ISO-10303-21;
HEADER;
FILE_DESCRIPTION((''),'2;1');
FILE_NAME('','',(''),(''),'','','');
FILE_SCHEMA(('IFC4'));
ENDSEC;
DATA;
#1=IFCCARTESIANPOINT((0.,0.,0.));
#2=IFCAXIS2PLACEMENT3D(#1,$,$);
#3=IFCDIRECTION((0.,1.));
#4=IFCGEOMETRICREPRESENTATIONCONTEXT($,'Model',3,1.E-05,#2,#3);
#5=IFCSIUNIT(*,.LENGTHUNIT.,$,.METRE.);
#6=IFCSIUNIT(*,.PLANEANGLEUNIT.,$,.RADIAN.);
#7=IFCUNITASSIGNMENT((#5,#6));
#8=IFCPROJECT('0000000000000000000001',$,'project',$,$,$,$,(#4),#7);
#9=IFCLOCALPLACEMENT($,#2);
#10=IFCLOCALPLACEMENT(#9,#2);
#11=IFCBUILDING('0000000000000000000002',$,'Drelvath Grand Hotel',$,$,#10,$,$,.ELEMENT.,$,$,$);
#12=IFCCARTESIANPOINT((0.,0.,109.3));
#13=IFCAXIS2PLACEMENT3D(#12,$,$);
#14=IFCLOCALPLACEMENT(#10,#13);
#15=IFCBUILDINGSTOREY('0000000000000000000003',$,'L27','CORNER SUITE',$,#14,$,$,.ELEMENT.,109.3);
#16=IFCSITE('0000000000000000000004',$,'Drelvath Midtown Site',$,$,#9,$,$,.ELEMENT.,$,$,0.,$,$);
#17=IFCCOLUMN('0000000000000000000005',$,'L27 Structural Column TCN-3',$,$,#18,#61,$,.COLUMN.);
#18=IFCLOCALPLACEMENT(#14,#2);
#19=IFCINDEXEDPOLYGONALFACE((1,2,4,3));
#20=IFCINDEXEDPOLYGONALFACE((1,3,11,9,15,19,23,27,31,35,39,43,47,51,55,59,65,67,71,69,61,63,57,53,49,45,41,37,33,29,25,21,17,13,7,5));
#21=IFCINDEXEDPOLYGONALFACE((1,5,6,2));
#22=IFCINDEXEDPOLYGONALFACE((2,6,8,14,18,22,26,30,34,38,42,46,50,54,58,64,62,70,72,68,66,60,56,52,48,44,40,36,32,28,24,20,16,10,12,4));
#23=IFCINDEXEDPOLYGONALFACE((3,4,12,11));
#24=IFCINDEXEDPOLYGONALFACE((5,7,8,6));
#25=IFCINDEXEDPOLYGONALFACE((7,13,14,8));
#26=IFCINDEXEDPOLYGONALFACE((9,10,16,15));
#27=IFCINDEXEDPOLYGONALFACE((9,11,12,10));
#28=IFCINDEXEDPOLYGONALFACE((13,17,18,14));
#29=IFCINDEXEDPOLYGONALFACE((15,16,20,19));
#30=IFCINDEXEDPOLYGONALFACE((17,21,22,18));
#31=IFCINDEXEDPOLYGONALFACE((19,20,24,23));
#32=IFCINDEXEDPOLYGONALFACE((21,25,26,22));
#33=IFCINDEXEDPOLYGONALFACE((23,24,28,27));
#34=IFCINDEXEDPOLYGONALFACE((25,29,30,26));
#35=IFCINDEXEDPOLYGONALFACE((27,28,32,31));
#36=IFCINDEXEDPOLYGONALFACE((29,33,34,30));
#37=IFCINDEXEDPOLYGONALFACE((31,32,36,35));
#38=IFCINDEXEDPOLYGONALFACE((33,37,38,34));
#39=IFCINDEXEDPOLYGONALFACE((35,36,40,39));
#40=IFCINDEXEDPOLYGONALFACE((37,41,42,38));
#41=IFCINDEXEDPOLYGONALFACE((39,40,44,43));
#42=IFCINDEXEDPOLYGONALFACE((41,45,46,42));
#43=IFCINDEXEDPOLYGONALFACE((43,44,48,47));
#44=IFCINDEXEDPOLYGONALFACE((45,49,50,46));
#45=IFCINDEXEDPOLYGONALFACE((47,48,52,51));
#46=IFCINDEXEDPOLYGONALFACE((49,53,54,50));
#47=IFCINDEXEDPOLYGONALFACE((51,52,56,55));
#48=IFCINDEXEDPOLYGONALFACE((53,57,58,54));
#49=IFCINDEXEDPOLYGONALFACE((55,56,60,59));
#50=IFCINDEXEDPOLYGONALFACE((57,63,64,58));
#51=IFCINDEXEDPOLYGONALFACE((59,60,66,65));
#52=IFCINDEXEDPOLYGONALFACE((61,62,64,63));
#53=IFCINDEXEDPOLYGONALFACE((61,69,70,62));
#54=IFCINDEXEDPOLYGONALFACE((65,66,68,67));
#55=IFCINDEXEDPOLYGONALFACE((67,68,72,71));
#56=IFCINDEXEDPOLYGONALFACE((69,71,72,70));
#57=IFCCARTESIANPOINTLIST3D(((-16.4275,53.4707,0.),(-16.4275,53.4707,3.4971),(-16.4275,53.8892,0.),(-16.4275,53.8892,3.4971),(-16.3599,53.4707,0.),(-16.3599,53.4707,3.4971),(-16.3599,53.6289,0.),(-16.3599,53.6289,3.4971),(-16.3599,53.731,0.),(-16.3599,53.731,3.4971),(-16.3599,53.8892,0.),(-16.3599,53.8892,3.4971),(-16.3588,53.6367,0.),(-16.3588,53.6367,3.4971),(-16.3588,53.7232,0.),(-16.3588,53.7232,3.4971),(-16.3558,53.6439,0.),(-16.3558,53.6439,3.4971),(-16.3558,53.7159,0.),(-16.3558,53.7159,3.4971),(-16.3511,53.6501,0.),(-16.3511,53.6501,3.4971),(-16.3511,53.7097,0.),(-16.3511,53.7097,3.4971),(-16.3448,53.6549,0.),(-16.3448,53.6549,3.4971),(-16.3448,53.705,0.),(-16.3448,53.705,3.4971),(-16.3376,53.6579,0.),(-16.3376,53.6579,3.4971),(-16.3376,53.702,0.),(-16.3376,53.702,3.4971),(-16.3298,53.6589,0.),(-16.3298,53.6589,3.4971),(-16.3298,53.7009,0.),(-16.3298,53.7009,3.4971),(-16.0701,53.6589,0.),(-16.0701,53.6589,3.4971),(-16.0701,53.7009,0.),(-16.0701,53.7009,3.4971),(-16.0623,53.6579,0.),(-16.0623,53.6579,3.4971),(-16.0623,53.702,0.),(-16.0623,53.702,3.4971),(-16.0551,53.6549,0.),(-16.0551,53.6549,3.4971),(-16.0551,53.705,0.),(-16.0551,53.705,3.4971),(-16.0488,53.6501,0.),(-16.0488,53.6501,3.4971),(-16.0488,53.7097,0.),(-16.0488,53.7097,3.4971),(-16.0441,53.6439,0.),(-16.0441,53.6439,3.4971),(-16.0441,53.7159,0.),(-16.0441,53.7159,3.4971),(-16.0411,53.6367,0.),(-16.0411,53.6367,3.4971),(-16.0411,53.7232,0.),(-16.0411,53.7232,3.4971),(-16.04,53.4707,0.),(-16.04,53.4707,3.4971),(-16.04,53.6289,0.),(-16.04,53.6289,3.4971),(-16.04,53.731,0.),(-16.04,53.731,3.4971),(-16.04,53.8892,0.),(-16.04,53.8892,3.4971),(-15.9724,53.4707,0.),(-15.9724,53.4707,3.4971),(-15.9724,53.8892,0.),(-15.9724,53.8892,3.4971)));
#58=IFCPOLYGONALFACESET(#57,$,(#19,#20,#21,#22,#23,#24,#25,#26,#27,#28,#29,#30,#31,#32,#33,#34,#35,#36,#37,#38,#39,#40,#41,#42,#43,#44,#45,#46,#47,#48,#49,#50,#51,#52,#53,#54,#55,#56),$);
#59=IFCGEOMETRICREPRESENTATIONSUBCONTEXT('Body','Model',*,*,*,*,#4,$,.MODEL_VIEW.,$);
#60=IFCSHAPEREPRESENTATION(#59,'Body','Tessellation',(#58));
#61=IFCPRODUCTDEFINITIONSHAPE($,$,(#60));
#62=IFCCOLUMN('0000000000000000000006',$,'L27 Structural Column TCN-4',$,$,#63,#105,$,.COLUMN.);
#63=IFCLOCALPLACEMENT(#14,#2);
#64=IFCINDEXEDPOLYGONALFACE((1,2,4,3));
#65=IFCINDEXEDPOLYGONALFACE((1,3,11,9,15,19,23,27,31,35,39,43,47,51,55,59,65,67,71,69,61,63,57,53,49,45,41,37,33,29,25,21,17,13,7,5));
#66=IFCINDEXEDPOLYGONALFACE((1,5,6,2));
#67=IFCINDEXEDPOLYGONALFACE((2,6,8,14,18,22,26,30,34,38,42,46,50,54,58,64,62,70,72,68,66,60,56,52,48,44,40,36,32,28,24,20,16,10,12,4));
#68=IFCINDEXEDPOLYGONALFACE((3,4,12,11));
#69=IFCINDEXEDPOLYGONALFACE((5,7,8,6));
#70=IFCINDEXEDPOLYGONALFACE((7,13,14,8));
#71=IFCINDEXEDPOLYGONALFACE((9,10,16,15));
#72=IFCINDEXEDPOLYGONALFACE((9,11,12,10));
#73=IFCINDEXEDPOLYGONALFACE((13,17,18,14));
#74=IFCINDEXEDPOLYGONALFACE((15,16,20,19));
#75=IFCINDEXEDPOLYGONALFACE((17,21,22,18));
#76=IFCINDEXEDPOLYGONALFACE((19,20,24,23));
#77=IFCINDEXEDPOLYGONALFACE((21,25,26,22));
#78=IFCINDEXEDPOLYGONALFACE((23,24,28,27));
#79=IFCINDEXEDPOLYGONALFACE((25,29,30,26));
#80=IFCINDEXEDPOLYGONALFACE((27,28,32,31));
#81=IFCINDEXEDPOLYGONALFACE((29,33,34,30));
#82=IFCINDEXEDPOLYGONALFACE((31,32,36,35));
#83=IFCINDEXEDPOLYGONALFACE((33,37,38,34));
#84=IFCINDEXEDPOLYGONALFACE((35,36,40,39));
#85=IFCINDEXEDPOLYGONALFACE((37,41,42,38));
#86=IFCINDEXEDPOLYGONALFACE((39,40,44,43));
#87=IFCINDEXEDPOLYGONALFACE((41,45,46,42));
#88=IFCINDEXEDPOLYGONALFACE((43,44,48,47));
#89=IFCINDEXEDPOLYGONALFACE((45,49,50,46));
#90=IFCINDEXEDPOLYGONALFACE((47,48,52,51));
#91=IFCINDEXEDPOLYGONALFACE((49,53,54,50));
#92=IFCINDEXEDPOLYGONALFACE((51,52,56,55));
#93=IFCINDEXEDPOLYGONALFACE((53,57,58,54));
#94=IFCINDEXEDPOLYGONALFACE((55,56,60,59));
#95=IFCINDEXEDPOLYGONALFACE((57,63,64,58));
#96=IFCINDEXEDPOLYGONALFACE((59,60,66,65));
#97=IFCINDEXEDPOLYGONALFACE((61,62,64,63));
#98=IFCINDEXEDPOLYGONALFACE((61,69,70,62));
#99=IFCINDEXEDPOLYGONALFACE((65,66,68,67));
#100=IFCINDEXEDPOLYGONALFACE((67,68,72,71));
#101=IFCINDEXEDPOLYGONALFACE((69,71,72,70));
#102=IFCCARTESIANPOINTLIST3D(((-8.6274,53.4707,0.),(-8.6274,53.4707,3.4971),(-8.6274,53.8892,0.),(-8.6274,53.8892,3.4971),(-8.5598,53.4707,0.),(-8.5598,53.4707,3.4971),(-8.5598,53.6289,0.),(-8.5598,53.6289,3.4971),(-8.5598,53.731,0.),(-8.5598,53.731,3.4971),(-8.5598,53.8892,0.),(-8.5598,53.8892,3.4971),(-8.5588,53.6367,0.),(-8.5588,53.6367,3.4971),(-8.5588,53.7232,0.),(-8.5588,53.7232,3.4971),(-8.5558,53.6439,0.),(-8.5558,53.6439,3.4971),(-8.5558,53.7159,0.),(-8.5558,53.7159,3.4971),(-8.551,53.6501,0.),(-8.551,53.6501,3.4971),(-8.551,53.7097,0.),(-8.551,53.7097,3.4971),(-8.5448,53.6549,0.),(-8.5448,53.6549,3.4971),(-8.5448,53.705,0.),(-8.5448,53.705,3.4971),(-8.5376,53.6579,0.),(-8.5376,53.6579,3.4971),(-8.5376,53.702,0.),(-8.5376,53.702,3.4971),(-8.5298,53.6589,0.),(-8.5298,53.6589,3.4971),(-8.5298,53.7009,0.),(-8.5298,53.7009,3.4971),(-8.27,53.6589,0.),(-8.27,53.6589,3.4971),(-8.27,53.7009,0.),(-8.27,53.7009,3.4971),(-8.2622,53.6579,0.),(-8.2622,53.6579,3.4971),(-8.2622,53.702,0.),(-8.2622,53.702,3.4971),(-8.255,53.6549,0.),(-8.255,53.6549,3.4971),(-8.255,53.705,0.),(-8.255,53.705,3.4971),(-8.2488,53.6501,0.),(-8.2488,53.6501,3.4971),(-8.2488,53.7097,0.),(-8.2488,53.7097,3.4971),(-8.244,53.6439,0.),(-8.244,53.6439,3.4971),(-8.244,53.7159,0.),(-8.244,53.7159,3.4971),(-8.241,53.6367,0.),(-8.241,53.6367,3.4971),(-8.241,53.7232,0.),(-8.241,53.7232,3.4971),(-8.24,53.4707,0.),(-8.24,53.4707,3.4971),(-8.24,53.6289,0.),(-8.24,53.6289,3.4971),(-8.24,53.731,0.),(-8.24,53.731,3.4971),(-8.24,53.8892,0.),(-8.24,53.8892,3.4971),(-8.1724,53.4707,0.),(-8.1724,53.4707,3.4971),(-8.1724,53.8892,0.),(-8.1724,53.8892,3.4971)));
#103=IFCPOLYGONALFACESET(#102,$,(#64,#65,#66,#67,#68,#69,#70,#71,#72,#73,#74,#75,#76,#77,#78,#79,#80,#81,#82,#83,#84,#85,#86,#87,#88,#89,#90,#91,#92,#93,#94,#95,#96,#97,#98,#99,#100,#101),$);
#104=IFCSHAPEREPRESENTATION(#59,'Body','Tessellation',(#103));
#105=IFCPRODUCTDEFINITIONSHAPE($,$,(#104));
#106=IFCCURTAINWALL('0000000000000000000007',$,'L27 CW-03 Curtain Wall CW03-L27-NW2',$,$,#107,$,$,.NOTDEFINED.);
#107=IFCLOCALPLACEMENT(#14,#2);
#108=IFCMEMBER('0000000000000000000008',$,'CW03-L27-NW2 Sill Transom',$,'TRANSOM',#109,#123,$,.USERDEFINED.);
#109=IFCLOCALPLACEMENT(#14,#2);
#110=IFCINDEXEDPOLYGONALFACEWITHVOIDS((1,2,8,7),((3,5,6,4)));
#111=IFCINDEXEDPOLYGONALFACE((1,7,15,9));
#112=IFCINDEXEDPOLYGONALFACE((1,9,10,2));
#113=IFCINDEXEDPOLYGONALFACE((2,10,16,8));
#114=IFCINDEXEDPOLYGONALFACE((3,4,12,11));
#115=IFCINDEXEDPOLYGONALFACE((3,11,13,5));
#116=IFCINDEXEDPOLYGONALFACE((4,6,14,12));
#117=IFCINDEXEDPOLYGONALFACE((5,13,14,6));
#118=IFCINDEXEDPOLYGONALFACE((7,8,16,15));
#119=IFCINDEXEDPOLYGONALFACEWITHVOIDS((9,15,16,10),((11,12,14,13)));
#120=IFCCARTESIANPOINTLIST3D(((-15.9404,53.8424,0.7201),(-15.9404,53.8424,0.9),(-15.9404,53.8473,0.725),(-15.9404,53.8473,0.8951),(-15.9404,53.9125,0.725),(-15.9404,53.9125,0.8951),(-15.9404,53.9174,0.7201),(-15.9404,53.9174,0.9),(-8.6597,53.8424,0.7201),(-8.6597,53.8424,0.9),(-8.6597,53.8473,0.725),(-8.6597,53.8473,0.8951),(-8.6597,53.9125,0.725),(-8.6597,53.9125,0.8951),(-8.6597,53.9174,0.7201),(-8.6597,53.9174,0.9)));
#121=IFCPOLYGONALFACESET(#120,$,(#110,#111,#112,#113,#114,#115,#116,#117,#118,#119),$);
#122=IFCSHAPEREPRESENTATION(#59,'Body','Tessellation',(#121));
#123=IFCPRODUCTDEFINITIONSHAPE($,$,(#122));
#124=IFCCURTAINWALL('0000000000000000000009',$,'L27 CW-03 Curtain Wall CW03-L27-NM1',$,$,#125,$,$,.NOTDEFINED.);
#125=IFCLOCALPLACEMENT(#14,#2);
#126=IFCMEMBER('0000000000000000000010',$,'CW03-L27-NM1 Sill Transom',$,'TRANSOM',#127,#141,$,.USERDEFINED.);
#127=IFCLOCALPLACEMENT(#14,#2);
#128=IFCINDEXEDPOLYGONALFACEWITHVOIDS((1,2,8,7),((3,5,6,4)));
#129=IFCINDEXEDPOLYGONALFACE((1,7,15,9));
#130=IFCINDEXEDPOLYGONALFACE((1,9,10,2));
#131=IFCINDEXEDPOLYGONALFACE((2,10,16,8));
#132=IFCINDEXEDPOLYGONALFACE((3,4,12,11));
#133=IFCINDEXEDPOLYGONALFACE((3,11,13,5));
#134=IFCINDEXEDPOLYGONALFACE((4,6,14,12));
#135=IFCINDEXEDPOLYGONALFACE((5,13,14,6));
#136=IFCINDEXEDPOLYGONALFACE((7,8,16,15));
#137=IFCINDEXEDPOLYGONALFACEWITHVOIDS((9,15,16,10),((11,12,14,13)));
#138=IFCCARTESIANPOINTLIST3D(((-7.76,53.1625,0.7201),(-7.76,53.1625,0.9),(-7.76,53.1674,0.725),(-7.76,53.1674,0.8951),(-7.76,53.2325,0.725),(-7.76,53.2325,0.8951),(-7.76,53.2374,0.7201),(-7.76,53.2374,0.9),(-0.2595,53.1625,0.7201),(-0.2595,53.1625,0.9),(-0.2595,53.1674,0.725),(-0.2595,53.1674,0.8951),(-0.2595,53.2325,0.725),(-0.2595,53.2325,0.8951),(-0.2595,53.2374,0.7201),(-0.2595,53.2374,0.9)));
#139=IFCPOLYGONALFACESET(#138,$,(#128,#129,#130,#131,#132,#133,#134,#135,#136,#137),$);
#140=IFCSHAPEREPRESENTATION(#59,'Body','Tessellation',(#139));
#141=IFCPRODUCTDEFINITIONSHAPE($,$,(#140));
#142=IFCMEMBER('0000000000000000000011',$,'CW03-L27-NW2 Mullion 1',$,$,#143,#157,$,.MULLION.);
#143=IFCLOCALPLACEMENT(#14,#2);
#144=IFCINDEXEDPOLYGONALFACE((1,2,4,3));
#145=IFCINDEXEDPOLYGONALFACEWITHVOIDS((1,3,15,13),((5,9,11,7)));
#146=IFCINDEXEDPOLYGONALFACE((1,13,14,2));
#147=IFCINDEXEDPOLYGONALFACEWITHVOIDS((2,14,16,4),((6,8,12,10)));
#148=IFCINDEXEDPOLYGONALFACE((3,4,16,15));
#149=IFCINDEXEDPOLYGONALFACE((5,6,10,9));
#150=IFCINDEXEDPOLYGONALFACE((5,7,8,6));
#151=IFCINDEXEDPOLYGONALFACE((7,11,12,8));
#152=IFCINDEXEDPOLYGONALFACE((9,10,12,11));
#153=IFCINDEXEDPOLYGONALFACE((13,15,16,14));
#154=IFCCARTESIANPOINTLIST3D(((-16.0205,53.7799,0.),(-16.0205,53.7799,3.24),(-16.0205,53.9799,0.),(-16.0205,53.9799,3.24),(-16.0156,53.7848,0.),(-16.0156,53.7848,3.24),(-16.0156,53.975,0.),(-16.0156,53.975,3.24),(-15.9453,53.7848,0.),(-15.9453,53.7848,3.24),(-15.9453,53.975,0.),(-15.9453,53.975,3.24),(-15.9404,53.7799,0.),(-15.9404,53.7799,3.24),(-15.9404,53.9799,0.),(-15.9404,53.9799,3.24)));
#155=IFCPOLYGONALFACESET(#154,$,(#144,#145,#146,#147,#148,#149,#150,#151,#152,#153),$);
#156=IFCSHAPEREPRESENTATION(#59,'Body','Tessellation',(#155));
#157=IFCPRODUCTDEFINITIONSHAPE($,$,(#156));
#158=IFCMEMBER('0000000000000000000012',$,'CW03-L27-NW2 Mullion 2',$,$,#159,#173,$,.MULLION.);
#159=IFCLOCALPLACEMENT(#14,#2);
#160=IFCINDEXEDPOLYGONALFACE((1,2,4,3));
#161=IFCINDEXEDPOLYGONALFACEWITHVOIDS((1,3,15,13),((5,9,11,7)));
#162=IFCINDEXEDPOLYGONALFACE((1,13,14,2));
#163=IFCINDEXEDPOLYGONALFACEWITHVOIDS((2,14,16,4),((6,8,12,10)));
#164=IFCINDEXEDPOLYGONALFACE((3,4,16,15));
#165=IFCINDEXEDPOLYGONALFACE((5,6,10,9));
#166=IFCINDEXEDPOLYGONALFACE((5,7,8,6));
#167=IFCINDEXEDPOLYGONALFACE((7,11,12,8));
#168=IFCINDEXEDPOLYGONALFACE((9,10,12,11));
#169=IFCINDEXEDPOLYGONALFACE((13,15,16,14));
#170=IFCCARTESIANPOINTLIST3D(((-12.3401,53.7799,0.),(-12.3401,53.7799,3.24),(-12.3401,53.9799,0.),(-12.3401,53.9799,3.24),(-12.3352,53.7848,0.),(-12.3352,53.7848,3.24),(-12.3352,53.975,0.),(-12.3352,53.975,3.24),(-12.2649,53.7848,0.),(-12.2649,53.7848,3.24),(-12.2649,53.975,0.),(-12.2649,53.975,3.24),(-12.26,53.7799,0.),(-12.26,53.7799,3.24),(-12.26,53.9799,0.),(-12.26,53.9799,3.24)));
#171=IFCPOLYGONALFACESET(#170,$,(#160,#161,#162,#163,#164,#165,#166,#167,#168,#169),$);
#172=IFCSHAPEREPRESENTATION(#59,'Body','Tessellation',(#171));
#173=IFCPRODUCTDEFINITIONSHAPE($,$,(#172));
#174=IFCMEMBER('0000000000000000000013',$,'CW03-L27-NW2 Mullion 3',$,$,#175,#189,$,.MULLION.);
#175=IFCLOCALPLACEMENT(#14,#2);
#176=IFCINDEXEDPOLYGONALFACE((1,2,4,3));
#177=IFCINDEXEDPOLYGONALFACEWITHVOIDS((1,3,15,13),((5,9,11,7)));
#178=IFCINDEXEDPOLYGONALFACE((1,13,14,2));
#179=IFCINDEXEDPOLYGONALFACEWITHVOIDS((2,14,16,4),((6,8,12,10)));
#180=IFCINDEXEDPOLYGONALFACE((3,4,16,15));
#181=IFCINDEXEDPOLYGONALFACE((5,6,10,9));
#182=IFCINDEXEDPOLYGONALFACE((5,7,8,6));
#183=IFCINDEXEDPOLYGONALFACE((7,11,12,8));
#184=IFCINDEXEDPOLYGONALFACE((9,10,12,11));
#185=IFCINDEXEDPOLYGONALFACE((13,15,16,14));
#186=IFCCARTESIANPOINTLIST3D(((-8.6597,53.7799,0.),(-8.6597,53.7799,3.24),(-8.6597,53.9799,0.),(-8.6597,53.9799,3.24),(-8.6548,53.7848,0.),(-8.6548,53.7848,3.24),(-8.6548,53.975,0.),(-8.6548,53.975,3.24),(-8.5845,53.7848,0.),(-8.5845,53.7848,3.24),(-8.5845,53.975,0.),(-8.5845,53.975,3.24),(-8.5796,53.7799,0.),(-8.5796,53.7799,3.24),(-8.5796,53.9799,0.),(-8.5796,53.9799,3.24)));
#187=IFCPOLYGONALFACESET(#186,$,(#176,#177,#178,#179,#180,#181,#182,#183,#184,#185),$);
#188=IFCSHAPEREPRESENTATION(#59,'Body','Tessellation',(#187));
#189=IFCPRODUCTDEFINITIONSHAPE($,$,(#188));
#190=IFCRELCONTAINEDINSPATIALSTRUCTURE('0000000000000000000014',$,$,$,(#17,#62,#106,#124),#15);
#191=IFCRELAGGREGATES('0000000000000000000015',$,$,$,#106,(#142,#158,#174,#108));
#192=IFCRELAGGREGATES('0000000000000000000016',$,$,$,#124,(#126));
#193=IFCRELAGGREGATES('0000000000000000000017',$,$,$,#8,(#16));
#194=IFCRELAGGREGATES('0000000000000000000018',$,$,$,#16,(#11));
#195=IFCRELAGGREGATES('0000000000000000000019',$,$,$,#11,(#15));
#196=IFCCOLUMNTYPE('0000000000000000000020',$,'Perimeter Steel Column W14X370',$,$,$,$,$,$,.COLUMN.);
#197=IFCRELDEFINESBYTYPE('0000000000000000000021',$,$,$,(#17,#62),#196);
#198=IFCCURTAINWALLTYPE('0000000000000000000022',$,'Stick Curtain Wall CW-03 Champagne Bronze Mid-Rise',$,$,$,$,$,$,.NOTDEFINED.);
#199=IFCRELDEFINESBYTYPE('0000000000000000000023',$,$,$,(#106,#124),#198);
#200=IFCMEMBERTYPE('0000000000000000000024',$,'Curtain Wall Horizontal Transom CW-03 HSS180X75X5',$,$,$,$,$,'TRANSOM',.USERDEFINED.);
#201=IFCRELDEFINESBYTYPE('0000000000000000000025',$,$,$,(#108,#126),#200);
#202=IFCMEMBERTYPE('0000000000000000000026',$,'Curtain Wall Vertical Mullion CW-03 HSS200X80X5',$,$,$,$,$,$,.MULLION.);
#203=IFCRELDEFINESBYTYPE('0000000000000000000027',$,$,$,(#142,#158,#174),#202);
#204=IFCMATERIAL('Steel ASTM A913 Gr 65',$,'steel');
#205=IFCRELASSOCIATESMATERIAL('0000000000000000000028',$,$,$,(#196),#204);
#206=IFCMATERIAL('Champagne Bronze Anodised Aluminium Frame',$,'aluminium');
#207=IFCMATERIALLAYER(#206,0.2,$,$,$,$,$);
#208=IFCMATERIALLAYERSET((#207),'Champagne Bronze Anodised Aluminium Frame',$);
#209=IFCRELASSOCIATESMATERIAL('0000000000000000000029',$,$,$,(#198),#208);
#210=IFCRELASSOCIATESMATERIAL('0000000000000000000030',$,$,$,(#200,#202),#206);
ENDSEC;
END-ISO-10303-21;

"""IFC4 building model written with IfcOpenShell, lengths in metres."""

from ifc_helpers import new_model, si_unit, direction, frame, origin, origin_2d, place, context, subcontext, project, spatial, hollow_rectangle, i_section, extrude, material, layer, layer_set, material_profile, profile_set, type_object, element, aggregate, save


model = new_model("IFC4")

# Units and contexts
model_context = context("Model", 3, precision=1e-05, world=origin(), true_north=direction((0.0, 1.0)))
body_context = subcontext(model_context, "Body", "Model", "MODEL_VIEW")
ifc_project = project(units=[si_unit("LENGTHUNIT", "METRE"), si_unit("PLANEANGLEUNIT", "RADIAN")], contexts=[model_context])

# Site, building, storey
site_placement = place(None, origin())
site = spatial("IfcSite", under=ifc_project, at=site_placement, Name="Drelvath Midtown Site", CompositionType="ELEMENT", RefElevation=0.0)
building_placement = place(site_placement, origin())
building = spatial("IfcBuilding", under=site, at=building_placement, Name="Drelvath Grand Hotel", CompositionType="ELEMENT")
storey_placement = place(building_placement, frame((0.0, 0.0, 109.3)))
storey = spatial("IfcBuildingStorey", under=building, at=storey_placement, Name="L27", Description="CORNER SUITE", CompositionType="ELEMENT", Elevation=109.3)

# Columns
ifc_material_1 = material(Name="Steel ASTM A913 Gr 65", Category="steel")
ifc_material_profile_1 = material_profile(ifc_material_1, i_section(OverallWidth=0.4185, OverallDepth=0.4551, WebThickness=0.042, FlangeThickness=0.0676, FilletRadius=0.03, at=origin_2d()), Name="W14X370")
ifc_profile_set_1 = profile_set([ifc_material_profile_1], Name="Steel ASTM A913 Gr 65")
column_type = type_object("IfcColumnType", Name="Perimeter Steel Column W14X370", PredefinedType="COLUMN", material=ifc_profile_set_1)
for number, where, z_axis, x_axis, name in (
    (1, (-16.2, 53.6799, 0.0), (0.0, 0.0, 1.0), (0.0, 1.0, 0.0), "L27 Structural Column TCN-3"),
    (2, (-8.3999, 53.6799, 0.0), (0.0, 0.0, 1.0), (0.0, 1.0, 0.0), "L27 Structural Column TCN-4"),
):
    element("IfcColumn", number, at=place(storey_placement, frame(where, z_axis=z_axis, x_axis=x_axis)), inside=storey, type_object=column_type, Name=name, PredefinedType="COLUMN", context=body_context, shape_type="SweptSolid", body=[
        extrude(i_section(OverallWidth=0.4185, OverallDepth=0.4551, WebThickness=0.042, FlangeThickness=0.0676, FilletRadius=0.03, at=origin_2d()), origin(), (0.0, 0.0, 1.0), 3.4971),
    ])

# Curtain walls, members
ifc_material_2 = material(Name="Champagne Bronze Anodised Aluminium Frame", Category="aluminium")
ifc_layer_1 = layer(ifc_material_2, 0.2)
ifc_layer_set_1 = layer_set([ifc_layer_1], Name="Champagne Bronze Anodised Aluminium Frame")
curtain_wall_type = type_object("IfcCurtainWallType", Name="Stick Curtain Wall CW-03 Champagne Bronze Mid-Rise", PredefinedType="NOTDEFINED", material=ifc_layer_set_1)
curtain_wall_1_placement = place(storey_placement, origin())
curtain_wall_1 = element("IfcCurtainWall", 3, at=curtain_wall_1_placement, inside=storey, type_object=curtain_wall_type, Name="L27 CW-03 Curtain Wall CW03-L27-NW2", PredefinedType="NOTDEFINED")
ifc_material_profile_2 = material_profile(ifc_material_2, hollow_rectangle(XDim=0.075, YDim=0.1799, WallThickness=0.0049, at=origin_2d()), Name="HSS180X75X5")
ifc_profile_set_2 = profile_set([ifc_material_profile_2], Name="Champagne Bronze Anodised Aluminium Frame")
member_type_1 = type_object("IfcMemberType", Name="Curtain Wall Horizontal Transom CW-03 HSS180X75X5", ElementType="TRANSOM", PredefinedType="USERDEFINED", material=ifc_profile_set_2)
member_1_placement = place(storey_placement, frame((-15.9404, 53.8799, 0.8101), z_axis=(1.0, 0.0, 0.0), x_axis=(0.0, 1.0, 0.0)))
member_1 = element("IfcMember", 4, at=member_1_placement, type_object=member_type_1, Name="CW03-L27-NW2 Sill Transom", ObjectType="TRANSOM", PredefinedType="USERDEFINED", context=body_context, shape_type="SweptSolid", body=[
    extrude(hollow_rectangle(XDim=0.075, YDim=0.1799, WallThickness=0.0049, at=origin_2d()), origin(), (0.0, 0.0, 1.0), 7.2808),
])
curtain_wall_2_placement = place(storey_placement, origin())
curtain_wall_2 = element("IfcCurtainWall", 5, at=curtain_wall_2_placement, inside=storey, type_object=curtain_wall_type, Name="L27 CW-03 Curtain Wall CW03-L27-NM1", PredefinedType="NOTDEFINED")
member_2_placement = place(storey_placement, frame((-7.76, 53.2, 0.8101), z_axis=(1.0, 0.0, 0.0), x_axis=(0.0, 1.0, 0.0)))
member_2 = element("IfcMember", 6, at=member_2_placement, type_object=member_type_1, Name="CW03-L27-NM1 Sill Transom", ObjectType="TRANSOM", PredefinedType="USERDEFINED", context=body_context, shape_type="SweptSolid", body=[
    extrude(hollow_rectangle(XDim=0.075, YDim=0.1799, WallThickness=0.0049, at=origin_2d()), origin(), (0.0, 0.0, 1.0), 7.5005),
])

# Members
ifc_material_profile_3 = material_profile(ifc_material_2, hollow_rectangle(XDim=0.0801, YDim=0.2, WallThickness=0.0049, at=origin_2d()), Name="HSS200X80X5")
ifc_profile_set_3 = profile_set([ifc_material_profile_3], Name="Champagne Bronze Anodised Aluminium Frame")
member_type_2 = type_object("IfcMemberType", Name="Curtain Wall Vertical Mullion CW-03 HSS200X80X5", PredefinedType="MULLION", material=ifc_profile_set_3)
member_3_placement = place(storey_placement, frame((-15.9805, 53.8799, 0.0), z_axis=(0.0, 0.0, 1.0), x_axis=(1.0, 0.0, 0.0)))
member_3 = element("IfcMember", 7, at=member_3_placement, type_object=member_type_2, Name="CW03-L27-NW2 Mullion 1", PredefinedType="MULLION", context=body_context, shape_type="SweptSolid", body=[
    extrude(hollow_rectangle(XDim=0.0801, YDim=0.2, WallThickness=0.0049, at=origin_2d()), origin(), (0.0, 0.0, 1.0), 3.24),
])
member_4_placement = place(storey_placement, frame((-12.3, 53.8799, 0.0), z_axis=(0.0, 0.0, 1.0), x_axis=(1.0, 0.0, 0.0)))
member_4 = element("IfcMember", 8, at=member_4_placement, type_object=member_type_2, Name="CW03-L27-NW2 Mullion 2", PredefinedType="MULLION", context=body_context, shape_type="SweptSolid", body=[
    extrude(hollow_rectangle(XDim=0.0801, YDim=0.2, WallThickness=0.0049, at=origin_2d()), origin(), (0.0, 0.0, 1.0), 3.24),
])
member_5_placement = place(storey_placement, frame((-8.6196, 53.8799, 0.0), z_axis=(0.0, 0.0, 1.0), x_axis=(1.0, 0.0, 0.0)))
member_5 = element("IfcMember", 9, at=member_5_placement, type_object=member_type_2, Name="CW03-L27-NW2 Mullion 3", PredefinedType="MULLION", context=body_context, shape_type="SweptSolid", body=[
    extrude(hollow_rectangle(XDim=0.0801, YDim=0.2, WallThickness=0.0049, at=origin_2d()), origin(), (0.0, 0.0, 1.0), 3.24),
])

aggregate(curtain_wall_1, [member_3, member_4, member_5, member_1])
aggregate(curtain_wall_2, [member_2])

save(model, "model.ifc")
